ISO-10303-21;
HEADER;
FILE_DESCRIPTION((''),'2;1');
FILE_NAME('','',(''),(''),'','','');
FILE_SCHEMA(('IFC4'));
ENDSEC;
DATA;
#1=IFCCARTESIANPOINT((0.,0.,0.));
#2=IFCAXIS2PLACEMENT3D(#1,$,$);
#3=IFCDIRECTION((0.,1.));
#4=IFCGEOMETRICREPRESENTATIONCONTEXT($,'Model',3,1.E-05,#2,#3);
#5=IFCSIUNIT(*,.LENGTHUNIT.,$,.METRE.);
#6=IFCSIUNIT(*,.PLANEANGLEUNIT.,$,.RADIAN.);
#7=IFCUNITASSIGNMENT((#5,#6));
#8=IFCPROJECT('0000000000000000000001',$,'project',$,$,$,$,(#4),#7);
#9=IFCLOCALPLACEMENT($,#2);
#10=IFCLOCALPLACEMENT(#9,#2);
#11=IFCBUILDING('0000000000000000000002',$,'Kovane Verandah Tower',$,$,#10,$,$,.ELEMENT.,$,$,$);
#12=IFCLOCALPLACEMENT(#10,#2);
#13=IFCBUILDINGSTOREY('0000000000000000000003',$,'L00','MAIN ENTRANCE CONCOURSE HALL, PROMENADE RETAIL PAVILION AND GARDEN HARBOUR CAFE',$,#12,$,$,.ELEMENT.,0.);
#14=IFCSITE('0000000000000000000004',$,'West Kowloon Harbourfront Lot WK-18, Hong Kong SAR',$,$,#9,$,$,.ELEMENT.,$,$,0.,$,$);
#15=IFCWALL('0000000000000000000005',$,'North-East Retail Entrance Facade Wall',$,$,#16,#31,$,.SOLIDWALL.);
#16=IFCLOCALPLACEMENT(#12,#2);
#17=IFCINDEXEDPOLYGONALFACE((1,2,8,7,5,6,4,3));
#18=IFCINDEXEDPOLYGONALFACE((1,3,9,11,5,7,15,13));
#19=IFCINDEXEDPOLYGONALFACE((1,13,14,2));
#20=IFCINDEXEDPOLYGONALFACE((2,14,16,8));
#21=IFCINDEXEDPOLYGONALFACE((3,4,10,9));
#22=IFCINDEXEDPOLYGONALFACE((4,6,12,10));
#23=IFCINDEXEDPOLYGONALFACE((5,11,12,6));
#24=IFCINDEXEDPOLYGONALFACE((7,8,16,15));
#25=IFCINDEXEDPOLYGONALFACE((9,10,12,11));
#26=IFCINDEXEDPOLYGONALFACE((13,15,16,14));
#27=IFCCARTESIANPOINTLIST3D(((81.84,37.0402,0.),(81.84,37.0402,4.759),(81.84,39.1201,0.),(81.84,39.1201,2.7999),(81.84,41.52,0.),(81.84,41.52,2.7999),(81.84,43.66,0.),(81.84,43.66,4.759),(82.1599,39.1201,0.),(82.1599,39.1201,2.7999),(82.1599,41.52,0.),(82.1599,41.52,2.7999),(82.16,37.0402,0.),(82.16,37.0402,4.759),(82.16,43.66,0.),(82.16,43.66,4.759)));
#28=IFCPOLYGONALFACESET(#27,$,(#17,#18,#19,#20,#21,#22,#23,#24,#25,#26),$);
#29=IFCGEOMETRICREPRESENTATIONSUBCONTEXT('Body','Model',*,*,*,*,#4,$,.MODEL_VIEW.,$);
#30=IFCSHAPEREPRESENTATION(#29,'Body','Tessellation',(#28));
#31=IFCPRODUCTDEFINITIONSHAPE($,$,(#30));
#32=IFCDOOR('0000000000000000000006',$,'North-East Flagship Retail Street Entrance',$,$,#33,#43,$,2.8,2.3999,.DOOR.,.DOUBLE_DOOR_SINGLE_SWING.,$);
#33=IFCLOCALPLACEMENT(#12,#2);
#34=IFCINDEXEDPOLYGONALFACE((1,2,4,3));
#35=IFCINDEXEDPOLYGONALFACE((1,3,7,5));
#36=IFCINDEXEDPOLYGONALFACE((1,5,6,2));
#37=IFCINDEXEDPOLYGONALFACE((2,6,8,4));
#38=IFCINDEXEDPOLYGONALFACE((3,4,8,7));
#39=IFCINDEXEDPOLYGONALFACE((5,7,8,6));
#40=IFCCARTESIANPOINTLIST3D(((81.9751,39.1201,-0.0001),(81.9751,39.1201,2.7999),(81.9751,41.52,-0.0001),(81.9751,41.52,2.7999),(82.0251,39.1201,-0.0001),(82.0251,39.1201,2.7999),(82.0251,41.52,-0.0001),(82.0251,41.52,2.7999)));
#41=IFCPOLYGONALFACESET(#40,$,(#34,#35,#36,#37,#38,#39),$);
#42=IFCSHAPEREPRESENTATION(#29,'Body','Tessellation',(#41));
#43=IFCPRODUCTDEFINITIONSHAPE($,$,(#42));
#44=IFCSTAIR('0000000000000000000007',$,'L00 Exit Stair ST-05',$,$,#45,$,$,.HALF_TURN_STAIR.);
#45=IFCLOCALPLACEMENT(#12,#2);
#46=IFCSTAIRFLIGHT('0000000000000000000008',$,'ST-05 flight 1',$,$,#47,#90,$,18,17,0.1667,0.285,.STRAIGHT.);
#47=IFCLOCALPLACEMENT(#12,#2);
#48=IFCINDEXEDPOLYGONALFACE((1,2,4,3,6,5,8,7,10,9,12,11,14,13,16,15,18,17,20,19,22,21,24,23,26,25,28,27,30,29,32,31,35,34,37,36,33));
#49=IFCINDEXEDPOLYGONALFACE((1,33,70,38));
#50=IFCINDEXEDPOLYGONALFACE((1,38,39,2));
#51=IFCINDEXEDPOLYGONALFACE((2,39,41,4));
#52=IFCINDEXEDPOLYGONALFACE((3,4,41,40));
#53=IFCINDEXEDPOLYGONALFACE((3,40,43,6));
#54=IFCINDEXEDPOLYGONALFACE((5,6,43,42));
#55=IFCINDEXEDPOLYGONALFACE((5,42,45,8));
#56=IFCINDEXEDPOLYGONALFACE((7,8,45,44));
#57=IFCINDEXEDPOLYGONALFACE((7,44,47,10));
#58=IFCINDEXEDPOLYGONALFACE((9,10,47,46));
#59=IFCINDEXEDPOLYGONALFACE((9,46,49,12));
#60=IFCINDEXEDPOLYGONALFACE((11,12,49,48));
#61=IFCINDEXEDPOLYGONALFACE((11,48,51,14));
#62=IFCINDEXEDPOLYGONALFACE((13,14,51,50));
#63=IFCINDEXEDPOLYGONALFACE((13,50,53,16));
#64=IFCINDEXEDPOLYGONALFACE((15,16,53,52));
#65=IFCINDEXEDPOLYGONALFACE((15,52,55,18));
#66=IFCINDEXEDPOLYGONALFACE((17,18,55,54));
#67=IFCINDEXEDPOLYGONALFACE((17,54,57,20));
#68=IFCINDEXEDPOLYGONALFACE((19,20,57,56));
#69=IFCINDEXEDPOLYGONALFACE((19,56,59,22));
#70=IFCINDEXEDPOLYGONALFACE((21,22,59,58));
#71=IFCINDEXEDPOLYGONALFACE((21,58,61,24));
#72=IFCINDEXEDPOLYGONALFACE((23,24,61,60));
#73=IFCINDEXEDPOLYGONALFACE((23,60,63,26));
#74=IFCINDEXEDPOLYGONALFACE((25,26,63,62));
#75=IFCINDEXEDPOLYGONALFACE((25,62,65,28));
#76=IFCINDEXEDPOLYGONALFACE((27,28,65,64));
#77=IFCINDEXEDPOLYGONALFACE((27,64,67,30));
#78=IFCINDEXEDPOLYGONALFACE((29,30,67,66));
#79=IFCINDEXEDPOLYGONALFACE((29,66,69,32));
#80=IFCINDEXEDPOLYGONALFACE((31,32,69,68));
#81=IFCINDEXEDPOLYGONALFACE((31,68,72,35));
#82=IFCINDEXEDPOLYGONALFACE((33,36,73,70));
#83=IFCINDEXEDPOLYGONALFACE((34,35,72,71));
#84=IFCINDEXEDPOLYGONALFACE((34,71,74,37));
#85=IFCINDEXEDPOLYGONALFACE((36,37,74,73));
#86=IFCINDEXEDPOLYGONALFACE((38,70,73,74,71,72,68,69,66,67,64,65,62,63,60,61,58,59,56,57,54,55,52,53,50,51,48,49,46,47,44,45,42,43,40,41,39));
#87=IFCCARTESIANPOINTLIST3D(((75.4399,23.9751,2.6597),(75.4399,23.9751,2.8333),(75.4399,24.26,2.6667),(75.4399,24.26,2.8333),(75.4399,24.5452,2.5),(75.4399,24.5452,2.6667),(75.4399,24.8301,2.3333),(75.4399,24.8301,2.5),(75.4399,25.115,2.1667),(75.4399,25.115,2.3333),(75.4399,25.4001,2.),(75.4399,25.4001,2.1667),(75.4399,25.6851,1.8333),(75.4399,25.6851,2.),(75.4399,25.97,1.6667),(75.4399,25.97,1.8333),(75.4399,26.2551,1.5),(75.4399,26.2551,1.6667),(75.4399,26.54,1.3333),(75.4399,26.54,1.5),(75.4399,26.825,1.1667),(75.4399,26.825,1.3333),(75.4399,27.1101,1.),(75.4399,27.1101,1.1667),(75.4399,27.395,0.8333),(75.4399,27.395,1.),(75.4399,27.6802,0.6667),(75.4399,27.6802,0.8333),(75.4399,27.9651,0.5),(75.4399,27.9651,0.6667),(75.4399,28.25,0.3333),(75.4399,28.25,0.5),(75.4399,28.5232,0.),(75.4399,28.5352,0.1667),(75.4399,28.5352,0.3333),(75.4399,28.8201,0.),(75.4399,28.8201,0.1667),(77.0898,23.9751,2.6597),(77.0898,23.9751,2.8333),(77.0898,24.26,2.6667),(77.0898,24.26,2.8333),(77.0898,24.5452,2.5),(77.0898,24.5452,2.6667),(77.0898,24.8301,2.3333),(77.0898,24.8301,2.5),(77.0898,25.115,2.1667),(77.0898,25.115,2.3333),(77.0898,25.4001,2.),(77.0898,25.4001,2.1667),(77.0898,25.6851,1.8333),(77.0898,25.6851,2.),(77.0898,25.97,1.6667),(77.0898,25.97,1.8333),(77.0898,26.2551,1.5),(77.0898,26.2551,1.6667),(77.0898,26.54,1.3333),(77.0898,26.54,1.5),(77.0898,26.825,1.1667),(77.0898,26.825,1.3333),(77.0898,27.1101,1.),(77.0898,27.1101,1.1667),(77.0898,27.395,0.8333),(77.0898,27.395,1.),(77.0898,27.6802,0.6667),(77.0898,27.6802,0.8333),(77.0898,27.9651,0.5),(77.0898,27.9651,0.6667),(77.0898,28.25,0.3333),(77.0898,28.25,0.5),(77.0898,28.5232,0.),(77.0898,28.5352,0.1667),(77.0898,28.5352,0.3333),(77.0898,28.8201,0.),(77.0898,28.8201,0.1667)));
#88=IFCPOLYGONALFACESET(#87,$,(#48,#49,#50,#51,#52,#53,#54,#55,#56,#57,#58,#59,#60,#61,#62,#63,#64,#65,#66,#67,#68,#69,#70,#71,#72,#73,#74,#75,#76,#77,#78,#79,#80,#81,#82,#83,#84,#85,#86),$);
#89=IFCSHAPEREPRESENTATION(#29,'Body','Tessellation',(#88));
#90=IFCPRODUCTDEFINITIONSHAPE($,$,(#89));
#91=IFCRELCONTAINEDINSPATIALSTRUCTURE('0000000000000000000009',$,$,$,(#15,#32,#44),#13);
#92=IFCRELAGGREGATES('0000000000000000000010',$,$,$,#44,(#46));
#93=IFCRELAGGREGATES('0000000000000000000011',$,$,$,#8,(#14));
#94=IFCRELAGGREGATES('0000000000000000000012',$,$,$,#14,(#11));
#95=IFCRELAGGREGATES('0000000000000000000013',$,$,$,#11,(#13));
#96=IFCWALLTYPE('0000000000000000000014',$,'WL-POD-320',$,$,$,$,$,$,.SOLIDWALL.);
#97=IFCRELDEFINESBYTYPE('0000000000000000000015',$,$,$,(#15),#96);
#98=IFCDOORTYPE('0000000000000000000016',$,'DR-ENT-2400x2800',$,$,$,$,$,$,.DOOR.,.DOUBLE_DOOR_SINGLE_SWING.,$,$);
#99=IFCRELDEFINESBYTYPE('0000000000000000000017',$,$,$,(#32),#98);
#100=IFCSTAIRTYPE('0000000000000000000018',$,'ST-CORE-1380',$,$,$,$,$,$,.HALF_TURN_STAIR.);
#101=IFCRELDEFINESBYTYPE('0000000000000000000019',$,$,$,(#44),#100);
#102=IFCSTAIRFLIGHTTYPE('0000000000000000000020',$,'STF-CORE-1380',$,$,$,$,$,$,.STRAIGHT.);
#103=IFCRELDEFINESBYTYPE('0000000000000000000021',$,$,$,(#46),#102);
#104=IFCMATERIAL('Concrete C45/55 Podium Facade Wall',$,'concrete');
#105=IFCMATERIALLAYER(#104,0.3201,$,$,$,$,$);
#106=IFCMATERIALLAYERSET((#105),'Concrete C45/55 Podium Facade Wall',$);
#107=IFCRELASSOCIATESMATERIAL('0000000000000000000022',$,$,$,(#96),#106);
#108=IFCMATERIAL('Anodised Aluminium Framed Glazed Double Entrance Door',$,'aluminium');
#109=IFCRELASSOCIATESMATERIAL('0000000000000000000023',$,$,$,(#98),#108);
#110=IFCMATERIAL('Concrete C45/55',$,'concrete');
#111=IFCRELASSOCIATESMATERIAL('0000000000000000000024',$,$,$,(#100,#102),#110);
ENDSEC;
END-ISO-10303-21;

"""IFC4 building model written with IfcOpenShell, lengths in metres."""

from ifc_helpers import new_model, si_unit, direction, frame, frame_2d, origin, place, context, subcontext, project, spatial, polyline, rectangle, outline, extrude, material, layer, layer_set, type_object, element, fill, aggregate, save


model = new_model("IFC4")

# Units and contexts
model_context = context("Model", 3, precision=1e-05, world=origin(), true_north=direction((0.0, 1.0)))
body_context = subcontext(model_context, "Body", "Model", "MODEL_VIEW")
ifc_project = project(units=[si_unit("LENGTHUNIT", "METRE"), si_unit("PLANEANGLEUNIT", "RADIAN")], contexts=[model_context])

# Site, building, storey
site_placement = place(None, origin())
site = spatial("IfcSite", under=ifc_project, at=site_placement, Name="West Kowloon Harbourfront Lot WK-18, Hong Kong SAR", CompositionType="ELEMENT", RefElevation=0.0)
building_placement = place(site_placement, origin())
building = spatial("IfcBuilding", under=site, at=building_placement, Name="Kovane Verandah Tower", CompositionType="ELEMENT")
storey_placement = place(building_placement, origin())
storey = spatial("IfcBuildingStorey", under=building, at=storey_placement, Name="L00", Description="MAIN ENTRANCE CONCOURSE HALL, PROMENADE RETAIL PAVILION AND GARDEN HARBOUR CAFE", CompositionType="ELEMENT", Elevation=0.0)

# Shared definitions
ifc_material_1 = material(Name="Concrete C45/55 Podium Facade Wall", Category="concrete")
ifc_layer_1 = layer(ifc_material_1, 0.3201)
ifc_layer_set_1 = layer_set([ifc_layer_1], Name="Concrete C45/55 Podium Facade Wall")
wall_type_1 = type_object("IfcWallType", Name="WL-POD-320", PredefinedType="SOLIDWALL", material=ifc_layer_set_1)

# Wall, opening, door
wall_1_placement = place(storey_placement, frame((82.0, 37.04, 0.0), z_axis=(0.0, 0.0, 1.0), x_axis=(0.0, 1.0, 0.0)))
wall_1 = element("IfcWall", 1, at=wall_1_placement, inside=storey, type_object=wall_type_1, Name="North-East Retail Entrance Facade Wall", PredefinedType="SOLIDWALL", context=body_context, shape_type="SweptSolid", body=[
    extrude(rectangle(XDim=6.6199, YDim=0.3201, at=frame_2d((3.3101, 0.0))), origin(), (0.0, 0.0, 1.0), 4.759),
])
opening_1_placement = place(wall_1_placement, frame((2.0801, 0.0, 0.0)))
opening_1 = element("IfcOpeningElement", 2, at=opening_1_placement, cuts=wall_1, PredefinedType="OPENING", context=body_context, shape_type="SweptSolid", body=[
    extrude(rectangle(XDim=2.3999, YDim=2.8, at=frame_2d((1.2, 1.3999))), frame((0.0, 0.1602, 0.0), z_axis=(0.0, -1.0, 0.0), x_axis=(1.0, 0.0, 0.0)), (0.0, 0.0, 1.0), 0.3201),
])
ifc_material_2 = material(Name="Anodised Aluminium Framed Glazed Double Entrance Door", Category="aluminium")
door_type_1 = type_object("IfcDoorType", Name="DR-ENT-2400x2800", OperationType="DOUBLE_DOOR_SINGLE_SWING", PredefinedType="DOOR", material=ifc_material_2)
door_1_placement = place(opening_1_placement, origin())
door_1 = element("IfcDoor", 3, at=door_1_placement, inside=storey, type_object=door_type_1, Name="North-East Flagship Retail Street Entrance", OperationType="DOUBLE_DOOR_SINGLE_SWING", OverallHeight=2.8, OverallWidth=2.3999, PredefinedType="DOOR", context=body_context, shape_type="SweptSolid", body=[
    extrude(rectangle(XDim=2.3999, YDim=2.8, at=frame_2d((1.2, 1.3999))), frame((0.0, 0.0249, 0.0), z_axis=(0.0, -1.0, 0.0), x_axis=(1.0, 0.0, 0.0)), (0.0, 0.0, 1.0), 0.05),
])
fill(opening_1, door_1)
ifc_material_3 = material(Name="Concrete C45/55", Category="concrete")

# Stair, stair flight
stair_type = type_object("IfcStairType", Name="ST-CORE-1380", PredefinedType="HALF_TURN_STAIR", material=ifc_material_3)
stair_placement = place(storey_placement, origin())
stair = element("IfcStair", 4, at=stair_placement, inside=storey, type_object=stair_type, Name="L00 Exit Stair ST-05", PredefinedType="HALF_TURN_STAIR")
stair_flight_type = type_object("IfcStairFlightType", Name="STF-CORE-1380", PredefinedType="STRAIGHT", material=ifc_material_3)
stair_flight_placement = place(storey_placement, frame((76.2649, 28.8201, 0.0), z_axis=(0.0, 0.0, 1.0), x_axis=(0.0, -1.0, 0.0)))
stair_flight = element("IfcStairFlight", 5, at=stair_flight_placement, type_object=stair_flight_type, Name="ST-05 flight 1", NumberOfRisers=18, NumberOfTreads=17, PredefinedType="STRAIGHT", RiserHeight=0.1667, TreadLength=0.285, context=body_context, shape_type="SweptSolid", body=[
    extrude(outline(polyline([(0.0, 0.0), (0.0, 0.1667), (0.2849, 0.1667), (0.2849, 0.3333), (0.5701, 0.3333), (0.5701, 0.5), (0.855, 0.5), (0.855, 0.6667), (1.1399, 0.6667), (1.1399, 0.8333), (1.425, 0.8333), (1.425, 1.0), (1.71, 1.0), (1.71, 1.1667), (1.9951, 1.1667), (1.9951, 1.3333), (2.28, 1.3333), (2.28, 1.5), (2.5649, 1.5), (2.5649, 1.6667), (2.8501, 1.6667), (2.8501, 1.8333), (3.135, 1.8333), (3.135, 2.0), (3.4199, 2.0), (3.4199, 2.1667), (3.7051, 2.1667), (3.7051, 2.3333), (3.99, 2.3333), (3.99, 2.5), (4.2749, 2.5), (4.2749, 2.6667), (4.5601, 2.6667), (4.5601, 2.8333), (4.845, 2.8333), (4.845, 3.0), (4.845, 2.6597), (0.2969, 0.0), (0.0, 0.0)])), frame((0.0, 0.825, 0.0), z_axis=(0.0, -1.0, 0.0), x_axis=(1.0, 0.0, 0.0)), (0.0, 0.0, 1.0), 1.6499),
])
aggregate(stair, [stair_flight])

save(model, "model.ifc")
